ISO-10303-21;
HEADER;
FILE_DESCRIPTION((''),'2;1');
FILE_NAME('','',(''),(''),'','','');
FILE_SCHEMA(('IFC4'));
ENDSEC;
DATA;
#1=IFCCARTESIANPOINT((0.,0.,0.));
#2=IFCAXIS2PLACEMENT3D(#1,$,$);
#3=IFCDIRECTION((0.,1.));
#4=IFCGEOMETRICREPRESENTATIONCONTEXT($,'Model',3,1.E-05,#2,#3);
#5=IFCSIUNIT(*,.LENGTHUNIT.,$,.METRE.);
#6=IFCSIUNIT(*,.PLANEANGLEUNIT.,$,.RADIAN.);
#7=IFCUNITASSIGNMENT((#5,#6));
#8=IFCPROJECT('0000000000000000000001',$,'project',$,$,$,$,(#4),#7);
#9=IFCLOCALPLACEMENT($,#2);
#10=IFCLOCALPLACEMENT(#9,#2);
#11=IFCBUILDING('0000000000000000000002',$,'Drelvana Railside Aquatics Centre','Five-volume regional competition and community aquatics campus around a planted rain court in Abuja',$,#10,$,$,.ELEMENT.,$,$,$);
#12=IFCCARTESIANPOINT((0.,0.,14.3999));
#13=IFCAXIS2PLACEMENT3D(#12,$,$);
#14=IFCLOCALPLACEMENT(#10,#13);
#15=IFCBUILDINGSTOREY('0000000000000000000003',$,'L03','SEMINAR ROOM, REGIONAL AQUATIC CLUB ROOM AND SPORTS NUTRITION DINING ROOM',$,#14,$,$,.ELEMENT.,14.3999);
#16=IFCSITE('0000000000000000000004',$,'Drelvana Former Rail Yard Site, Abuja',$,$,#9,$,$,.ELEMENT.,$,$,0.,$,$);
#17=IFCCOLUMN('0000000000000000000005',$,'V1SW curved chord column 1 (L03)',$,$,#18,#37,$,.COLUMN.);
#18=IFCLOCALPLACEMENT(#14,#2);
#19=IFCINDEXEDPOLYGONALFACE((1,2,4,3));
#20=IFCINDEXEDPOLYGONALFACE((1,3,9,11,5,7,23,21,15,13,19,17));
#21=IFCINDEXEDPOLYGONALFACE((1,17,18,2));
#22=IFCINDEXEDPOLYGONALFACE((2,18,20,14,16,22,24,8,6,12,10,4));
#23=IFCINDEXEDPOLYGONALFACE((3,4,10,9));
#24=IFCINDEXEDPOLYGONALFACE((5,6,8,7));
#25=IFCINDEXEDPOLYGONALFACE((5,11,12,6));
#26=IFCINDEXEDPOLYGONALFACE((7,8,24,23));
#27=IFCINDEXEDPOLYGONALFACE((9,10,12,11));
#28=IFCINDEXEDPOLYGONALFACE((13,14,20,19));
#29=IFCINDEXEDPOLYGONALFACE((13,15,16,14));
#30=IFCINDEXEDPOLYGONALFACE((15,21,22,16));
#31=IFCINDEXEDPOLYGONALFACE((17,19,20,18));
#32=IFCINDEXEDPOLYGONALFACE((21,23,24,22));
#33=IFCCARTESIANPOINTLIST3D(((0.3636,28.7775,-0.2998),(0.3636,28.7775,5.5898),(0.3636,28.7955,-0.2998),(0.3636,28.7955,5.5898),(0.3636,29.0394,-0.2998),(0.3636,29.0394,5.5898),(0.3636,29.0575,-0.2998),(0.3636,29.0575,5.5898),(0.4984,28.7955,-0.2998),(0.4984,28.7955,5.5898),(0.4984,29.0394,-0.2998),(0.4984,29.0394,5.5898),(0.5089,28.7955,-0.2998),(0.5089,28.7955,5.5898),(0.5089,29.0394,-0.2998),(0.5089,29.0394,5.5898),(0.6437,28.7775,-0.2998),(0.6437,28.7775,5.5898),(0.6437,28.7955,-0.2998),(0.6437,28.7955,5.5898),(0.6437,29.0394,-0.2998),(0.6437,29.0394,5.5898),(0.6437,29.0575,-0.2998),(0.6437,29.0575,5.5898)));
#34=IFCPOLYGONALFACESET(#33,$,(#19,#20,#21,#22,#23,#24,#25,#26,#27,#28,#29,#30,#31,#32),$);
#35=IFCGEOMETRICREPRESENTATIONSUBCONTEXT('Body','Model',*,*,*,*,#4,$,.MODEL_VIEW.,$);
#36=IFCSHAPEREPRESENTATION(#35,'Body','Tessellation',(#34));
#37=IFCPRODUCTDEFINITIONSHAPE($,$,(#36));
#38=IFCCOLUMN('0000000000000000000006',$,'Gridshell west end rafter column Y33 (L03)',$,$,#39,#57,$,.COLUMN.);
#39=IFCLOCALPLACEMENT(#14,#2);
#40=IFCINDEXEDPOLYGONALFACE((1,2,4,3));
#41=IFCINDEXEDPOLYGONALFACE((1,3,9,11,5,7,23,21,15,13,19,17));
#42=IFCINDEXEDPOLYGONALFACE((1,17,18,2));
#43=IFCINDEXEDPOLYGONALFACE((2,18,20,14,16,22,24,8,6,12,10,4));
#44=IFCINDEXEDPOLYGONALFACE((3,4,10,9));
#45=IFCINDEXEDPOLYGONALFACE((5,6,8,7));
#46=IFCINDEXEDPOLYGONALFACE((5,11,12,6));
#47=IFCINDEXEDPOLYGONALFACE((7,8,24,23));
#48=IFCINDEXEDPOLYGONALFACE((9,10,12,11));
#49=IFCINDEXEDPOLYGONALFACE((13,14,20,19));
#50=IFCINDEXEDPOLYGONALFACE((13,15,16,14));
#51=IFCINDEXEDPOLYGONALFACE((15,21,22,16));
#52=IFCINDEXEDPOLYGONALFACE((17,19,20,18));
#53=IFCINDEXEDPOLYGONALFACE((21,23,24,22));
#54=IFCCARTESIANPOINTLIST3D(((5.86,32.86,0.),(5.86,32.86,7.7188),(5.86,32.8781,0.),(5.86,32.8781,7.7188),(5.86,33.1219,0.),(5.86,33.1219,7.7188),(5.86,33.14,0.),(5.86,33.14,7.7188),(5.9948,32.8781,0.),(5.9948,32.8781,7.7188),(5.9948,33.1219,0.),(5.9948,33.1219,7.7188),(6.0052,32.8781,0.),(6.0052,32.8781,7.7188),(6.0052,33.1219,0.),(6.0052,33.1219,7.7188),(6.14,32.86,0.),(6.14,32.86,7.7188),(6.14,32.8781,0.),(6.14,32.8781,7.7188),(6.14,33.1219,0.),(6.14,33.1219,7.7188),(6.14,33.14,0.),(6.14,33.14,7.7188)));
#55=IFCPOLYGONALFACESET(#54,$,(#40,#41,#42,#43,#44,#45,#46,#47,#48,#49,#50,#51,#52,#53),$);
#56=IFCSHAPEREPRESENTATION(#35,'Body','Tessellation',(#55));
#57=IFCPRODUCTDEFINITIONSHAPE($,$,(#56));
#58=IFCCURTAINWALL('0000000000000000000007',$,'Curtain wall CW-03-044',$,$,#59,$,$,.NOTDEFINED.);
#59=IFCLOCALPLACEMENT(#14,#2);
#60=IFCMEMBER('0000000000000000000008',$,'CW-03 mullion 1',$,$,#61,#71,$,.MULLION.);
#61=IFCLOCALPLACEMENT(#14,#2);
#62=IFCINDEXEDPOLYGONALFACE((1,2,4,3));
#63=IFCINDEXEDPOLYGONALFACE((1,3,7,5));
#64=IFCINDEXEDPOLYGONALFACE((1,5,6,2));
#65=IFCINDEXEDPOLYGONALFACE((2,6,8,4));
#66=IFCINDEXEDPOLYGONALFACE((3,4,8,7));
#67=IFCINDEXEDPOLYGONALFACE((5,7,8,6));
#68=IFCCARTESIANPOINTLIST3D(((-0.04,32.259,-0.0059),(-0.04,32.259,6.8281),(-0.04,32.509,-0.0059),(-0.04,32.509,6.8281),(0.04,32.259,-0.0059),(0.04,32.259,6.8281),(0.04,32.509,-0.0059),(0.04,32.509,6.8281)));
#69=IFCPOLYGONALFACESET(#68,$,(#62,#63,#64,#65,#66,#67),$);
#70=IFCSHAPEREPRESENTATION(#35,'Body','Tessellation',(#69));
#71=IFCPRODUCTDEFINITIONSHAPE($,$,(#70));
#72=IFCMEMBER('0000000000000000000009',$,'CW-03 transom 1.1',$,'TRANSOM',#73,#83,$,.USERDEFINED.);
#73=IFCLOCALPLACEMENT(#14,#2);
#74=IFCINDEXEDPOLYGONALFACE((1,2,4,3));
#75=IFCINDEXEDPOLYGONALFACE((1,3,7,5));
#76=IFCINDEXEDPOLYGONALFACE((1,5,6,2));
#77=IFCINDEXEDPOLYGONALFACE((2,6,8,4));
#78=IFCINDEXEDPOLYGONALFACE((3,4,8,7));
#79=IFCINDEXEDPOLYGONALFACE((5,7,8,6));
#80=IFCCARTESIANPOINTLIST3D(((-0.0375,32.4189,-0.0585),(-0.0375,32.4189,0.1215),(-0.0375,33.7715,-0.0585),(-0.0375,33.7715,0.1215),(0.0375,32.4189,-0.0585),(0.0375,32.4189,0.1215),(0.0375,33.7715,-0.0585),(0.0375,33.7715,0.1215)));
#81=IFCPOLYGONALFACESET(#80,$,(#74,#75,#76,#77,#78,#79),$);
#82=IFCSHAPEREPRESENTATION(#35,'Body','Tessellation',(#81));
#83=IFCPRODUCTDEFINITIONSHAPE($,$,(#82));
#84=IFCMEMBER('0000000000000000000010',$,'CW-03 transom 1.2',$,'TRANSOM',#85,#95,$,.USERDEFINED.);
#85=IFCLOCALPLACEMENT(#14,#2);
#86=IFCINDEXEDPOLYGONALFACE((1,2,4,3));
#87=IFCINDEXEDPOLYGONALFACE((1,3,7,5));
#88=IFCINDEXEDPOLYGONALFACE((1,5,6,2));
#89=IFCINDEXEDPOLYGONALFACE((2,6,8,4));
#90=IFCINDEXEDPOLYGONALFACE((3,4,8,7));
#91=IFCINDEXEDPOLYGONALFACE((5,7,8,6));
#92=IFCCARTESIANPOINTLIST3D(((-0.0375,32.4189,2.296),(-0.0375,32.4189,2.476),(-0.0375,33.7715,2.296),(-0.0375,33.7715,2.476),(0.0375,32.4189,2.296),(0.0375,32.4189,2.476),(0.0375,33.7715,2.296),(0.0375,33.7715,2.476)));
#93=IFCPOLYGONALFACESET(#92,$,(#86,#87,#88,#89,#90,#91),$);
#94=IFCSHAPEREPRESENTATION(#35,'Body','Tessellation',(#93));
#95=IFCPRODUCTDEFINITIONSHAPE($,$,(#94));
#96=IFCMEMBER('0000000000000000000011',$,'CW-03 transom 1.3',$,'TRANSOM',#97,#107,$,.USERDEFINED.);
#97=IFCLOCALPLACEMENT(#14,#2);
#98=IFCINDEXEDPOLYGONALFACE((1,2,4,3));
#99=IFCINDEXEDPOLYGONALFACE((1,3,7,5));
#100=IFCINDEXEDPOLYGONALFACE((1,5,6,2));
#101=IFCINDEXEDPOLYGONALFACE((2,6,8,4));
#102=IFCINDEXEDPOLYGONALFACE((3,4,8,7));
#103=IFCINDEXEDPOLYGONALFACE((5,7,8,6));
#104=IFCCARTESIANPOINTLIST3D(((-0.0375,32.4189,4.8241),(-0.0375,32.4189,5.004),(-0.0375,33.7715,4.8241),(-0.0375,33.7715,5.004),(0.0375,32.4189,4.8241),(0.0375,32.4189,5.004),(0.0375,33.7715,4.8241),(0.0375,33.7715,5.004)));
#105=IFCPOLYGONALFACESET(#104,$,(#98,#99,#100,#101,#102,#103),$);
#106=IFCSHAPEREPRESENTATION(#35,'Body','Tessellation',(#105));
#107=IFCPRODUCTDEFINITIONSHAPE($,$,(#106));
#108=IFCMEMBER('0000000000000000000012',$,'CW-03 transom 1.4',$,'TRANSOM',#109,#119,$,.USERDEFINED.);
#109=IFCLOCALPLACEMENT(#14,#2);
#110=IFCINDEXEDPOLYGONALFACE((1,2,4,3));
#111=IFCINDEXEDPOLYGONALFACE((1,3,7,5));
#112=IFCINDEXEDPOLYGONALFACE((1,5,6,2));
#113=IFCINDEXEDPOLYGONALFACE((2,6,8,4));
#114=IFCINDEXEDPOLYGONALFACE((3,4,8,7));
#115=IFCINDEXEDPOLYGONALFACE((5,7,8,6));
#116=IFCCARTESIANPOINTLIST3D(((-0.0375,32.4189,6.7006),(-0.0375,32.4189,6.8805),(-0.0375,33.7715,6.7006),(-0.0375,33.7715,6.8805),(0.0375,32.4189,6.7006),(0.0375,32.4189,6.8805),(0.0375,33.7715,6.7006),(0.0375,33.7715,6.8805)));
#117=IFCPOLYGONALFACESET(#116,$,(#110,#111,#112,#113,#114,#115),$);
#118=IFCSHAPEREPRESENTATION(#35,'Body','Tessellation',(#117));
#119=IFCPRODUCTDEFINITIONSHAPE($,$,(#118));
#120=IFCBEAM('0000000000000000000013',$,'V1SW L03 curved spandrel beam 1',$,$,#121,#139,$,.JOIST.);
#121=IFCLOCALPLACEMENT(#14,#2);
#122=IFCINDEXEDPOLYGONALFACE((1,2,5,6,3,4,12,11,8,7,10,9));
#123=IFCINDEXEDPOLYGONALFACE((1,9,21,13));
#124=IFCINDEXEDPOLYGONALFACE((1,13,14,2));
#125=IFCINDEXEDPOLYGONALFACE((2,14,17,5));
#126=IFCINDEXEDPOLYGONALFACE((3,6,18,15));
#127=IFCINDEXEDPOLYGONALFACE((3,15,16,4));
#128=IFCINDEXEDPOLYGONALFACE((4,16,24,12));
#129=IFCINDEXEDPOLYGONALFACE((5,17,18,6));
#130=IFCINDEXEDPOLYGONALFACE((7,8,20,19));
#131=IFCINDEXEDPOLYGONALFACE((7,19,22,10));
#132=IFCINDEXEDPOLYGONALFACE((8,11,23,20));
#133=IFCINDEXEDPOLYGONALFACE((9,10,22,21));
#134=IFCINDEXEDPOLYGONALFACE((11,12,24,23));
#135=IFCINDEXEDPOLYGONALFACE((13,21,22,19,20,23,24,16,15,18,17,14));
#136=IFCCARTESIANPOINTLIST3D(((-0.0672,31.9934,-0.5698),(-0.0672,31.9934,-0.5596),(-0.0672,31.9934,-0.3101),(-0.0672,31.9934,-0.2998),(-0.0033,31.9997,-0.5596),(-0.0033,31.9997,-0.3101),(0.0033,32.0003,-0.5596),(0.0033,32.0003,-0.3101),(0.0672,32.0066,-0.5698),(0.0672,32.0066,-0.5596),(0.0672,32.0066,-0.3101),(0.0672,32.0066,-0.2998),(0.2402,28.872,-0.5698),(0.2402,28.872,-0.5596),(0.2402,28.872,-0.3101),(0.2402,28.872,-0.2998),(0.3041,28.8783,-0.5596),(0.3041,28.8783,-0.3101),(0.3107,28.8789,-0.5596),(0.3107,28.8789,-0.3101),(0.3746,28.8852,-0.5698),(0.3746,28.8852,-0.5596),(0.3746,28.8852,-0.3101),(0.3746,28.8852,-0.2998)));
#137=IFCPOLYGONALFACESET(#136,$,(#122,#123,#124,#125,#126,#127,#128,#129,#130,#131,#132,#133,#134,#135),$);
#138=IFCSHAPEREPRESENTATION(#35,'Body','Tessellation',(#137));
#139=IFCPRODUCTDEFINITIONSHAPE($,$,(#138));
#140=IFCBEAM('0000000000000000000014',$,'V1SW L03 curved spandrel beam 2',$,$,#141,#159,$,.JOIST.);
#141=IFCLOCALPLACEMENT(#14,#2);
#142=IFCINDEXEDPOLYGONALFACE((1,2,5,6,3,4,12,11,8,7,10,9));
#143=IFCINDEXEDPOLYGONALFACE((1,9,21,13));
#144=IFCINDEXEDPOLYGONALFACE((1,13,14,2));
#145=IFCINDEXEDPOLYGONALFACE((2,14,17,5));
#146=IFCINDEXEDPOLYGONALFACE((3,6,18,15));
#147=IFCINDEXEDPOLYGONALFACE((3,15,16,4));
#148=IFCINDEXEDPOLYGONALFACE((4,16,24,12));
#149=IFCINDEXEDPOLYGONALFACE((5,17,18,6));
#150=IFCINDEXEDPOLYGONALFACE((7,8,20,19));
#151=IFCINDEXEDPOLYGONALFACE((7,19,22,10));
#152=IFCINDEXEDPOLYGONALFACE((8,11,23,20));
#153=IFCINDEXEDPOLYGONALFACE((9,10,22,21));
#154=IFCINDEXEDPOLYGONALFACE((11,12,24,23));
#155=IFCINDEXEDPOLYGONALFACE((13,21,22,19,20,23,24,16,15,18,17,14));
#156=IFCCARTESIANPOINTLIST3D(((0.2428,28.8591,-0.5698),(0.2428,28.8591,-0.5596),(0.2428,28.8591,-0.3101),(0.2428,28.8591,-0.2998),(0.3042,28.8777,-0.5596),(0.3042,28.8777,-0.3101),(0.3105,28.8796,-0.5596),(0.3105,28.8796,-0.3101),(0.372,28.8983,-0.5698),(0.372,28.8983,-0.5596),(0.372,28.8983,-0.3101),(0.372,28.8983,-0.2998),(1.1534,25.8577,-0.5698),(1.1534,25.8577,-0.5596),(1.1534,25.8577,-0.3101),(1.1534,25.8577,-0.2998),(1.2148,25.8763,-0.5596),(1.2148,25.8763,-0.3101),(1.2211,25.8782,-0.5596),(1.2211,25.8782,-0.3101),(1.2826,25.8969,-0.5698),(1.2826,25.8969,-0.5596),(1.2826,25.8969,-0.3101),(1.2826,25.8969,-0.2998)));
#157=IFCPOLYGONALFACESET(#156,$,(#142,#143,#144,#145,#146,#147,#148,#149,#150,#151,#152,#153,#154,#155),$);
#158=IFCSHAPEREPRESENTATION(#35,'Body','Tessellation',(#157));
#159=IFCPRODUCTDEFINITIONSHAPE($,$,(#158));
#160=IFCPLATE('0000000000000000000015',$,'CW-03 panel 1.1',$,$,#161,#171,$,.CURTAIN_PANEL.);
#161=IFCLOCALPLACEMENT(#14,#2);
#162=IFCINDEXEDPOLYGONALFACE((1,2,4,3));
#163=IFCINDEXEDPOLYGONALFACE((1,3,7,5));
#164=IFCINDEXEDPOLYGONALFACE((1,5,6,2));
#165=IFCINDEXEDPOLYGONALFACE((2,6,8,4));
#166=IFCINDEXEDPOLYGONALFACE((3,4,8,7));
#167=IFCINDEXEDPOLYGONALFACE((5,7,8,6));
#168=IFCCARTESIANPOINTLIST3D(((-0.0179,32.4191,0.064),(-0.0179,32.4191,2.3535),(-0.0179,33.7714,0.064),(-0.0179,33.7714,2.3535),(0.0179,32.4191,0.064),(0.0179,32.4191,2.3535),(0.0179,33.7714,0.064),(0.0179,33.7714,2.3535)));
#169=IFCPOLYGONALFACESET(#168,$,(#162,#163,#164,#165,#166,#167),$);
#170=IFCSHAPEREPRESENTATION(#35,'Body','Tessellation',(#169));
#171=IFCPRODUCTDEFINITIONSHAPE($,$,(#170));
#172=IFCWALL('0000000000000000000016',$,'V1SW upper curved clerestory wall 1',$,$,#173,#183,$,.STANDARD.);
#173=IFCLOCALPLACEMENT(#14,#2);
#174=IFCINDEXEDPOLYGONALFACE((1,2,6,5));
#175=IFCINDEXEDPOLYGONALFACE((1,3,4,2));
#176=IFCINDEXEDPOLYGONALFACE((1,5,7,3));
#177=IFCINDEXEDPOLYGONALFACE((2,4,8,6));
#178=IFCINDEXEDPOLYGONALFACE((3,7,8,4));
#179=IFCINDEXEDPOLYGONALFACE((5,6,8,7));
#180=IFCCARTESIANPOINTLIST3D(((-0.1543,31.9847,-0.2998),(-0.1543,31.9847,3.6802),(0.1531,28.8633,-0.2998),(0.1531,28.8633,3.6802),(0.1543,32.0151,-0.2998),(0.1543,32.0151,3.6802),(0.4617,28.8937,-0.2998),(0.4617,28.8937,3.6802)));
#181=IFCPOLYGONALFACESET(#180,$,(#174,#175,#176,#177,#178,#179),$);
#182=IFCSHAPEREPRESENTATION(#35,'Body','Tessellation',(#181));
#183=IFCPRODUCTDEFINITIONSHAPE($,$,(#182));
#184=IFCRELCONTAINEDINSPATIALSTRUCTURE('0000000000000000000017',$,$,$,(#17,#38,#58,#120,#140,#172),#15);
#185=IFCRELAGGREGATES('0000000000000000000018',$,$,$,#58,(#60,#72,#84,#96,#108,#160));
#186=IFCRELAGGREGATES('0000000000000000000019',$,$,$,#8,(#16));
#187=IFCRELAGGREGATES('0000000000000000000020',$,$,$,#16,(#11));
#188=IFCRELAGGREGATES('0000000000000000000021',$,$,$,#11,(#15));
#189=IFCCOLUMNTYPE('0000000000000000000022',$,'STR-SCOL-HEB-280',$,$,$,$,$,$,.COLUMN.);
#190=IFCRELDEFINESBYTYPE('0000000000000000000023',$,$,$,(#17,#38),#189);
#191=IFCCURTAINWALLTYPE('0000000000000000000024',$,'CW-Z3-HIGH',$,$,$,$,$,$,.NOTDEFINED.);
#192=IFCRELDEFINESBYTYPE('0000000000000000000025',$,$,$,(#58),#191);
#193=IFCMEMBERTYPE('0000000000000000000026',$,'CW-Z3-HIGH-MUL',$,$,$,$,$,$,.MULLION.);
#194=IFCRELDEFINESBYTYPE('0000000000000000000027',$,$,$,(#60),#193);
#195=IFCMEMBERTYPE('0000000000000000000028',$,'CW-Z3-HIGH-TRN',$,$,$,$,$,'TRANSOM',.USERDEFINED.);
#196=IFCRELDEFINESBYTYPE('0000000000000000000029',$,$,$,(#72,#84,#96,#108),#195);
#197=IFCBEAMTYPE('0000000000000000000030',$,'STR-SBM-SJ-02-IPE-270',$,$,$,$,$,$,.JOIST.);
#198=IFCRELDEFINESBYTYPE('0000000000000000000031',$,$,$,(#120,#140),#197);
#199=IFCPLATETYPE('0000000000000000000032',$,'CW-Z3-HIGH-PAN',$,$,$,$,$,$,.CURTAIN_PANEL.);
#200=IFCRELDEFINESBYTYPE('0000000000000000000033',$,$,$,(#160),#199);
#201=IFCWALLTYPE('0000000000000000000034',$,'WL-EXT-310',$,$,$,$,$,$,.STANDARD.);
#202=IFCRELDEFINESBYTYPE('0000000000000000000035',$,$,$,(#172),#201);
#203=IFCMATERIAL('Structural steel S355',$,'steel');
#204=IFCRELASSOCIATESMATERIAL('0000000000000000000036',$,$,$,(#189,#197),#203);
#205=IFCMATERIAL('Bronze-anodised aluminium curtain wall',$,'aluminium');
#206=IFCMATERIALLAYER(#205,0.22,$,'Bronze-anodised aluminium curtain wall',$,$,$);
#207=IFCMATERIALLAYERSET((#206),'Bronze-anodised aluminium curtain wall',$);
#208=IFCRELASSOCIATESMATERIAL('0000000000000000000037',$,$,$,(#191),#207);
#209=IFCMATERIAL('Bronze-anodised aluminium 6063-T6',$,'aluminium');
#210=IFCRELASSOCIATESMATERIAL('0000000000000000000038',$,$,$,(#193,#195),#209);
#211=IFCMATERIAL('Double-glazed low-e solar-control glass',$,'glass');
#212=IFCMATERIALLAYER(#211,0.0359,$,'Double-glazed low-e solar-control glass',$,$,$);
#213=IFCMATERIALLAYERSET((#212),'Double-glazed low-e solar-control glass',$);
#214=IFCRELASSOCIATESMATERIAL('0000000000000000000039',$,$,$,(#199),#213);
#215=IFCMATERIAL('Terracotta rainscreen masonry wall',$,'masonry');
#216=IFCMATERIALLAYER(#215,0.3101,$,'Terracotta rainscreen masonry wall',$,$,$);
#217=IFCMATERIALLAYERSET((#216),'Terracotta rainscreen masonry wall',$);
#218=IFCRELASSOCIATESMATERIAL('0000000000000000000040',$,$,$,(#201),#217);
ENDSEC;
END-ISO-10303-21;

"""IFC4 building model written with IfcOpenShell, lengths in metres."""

from ifc_helpers import new_model, si_unit, direction, frame, frame_2d, origin, origin_2d, place, context, subcontext, project, spatial, rectangle, i_section, extrude, material, layer, layer_set, material_profile, profile_set, type_object, element, aggregate, save


model = new_model("IFC4")

# Units and contexts
model_context = context("Model", 3, precision=1e-05, world=origin(), true_north=direction((0.0, 1.0)))
body_context = subcontext(model_context, "Body", "Model", "MODEL_VIEW")
ifc_project = project(units=[si_unit("LENGTHUNIT", "METRE"), si_unit("PLANEANGLEUNIT", "RADIAN")], contexts=[model_context])

# Site, building, storey
site_placement = place(None, origin())
site = spatial("IfcSite", under=ifc_project, at=site_placement, Name="Drelvana Former Rail Yard Site, Abuja", CompositionType="ELEMENT", RefElevation=0.0)
building_placement = place(site_placement, origin())
building = spatial("IfcBuilding", under=site, at=building_placement, Name="Drelvana Railside Aquatics Centre", Description="Five-volume regional competition and community aquatics campus around a planted rain court in Abuja", CompositionType="ELEMENT")
storey_placement = place(building_placement, frame((0.0, 0.0, 14.3999)))
storey = spatial("IfcBuildingStorey", under=building, at=storey_placement, Name="L03", Description="SEMINAR ROOM, REGIONAL AQUATIC CLUB ROOM AND SPORTS NUTRITION DINING ROOM", CompositionType="ELEMENT", Elevation=14.3999)

# Columns
ifc_material_1 = material(Name="Structural steel S355", Category="steel")
ifc_material_profile_1 = material_profile(ifc_material_1, i_section(OverallWidth=0.28, OverallDepth=0.28, WebThickness=0.0105, FlangeThickness=0.0181, at=origin_2d()), Name="HEB 280")
ifc_profile_set_1 = profile_set([ifc_material_profile_1], Name="Structural steel S355")
column_type = type_object("IfcColumnType", Name="STR-SCOL-HEB-280", PredefinedType="COLUMN", material=ifc_profile_set_1)
column_1_placement = place(storey_placement, frame((0.5037, 28.9175, -0.2998), z_axis=(0.0, 0.0, 1.0), x_axis=(1.0, 0.0, 0.0)))
element("IfcColumn", 1, at=column_1_placement, inside=storey, type_object=column_type, Name="V1SW curved chord column 1 (L03)", PredefinedType="COLUMN", context=body_context, shape_type="SweptSolid", body=[
    extrude(i_section(OverallWidth=0.28, OverallDepth=0.28, WebThickness=0.0105, FlangeThickness=0.0181, at=origin_2d()), origin(), (0.0, 0.0, 1.0), 5.8896),
])
column_2_placement = place(storey_placement, frame((6.0, 33.0, 0.0), z_axis=(0.0, 0.0, 1.0), x_axis=(1.0, 0.0, 0.0)))
element("IfcColumn", 2, at=column_2_placement, inside=storey, type_object=column_type, Name="Gridshell west end rafter column Y33 (L03)", PredefinedType="COLUMN", context=body_context, shape_type="SweptSolid", body=[
    extrude(i_section(OverallWidth=0.28, OverallDepth=0.28, WebThickness=0.0105, FlangeThickness=0.0181, at=origin_2d()), origin(), (0.0, 0.0, 1.0), 7.7188),
])

# Curtain wall, members
ifc_material_2 = material(Name="Bronze-anodised aluminium curtain wall", Category="aluminium")
ifc_layer_1 = layer(ifc_material_2, 0.22, Name="Bronze-anodised aluminium curtain wall")
ifc_layer_set_1 = layer_set([ifc_layer_1], Name="Bronze-anodised aluminium curtain wall")
curtain_wall_type = type_object("IfcCurtainWallType", Name="CW-Z3-HIGH", PredefinedType="NOTDEFINED", material=ifc_layer_set_1)
curtain_wall_placement = place(storey_placement, origin())
curtain_wall = element("IfcCurtainWall", 3, at=curtain_wall_placement, inside=storey, type_object=curtain_wall_type, Name="Curtain wall CW-03-044", PredefinedType="NOTDEFINED")
ifc_material_3 = material(Name="Bronze-anodised aluminium 6063-T6", Category="aluminium")
ifc_material_profile_2 = material_profile(ifc_material_3, rectangle(XDim=0.0801, YDim=0.25, at=origin_2d()), Name="ALU-M 80x250")
ifc_profile_set_2 = profile_set([ifc_material_profile_2], Name="Bronze-anodised aluminium 6063-T6")
member_type_1 = type_object("IfcMemberType", Name="CW-Z3-HIGH-MUL", PredefinedType="MULLION", material=ifc_profile_set_2)
member_1_placement = place(storey_placement, frame((0.0, 32.384, -0.0059), z_axis=(0.0, 0.0, 1.0), x_axis=(-1.0, 0.0, 0.0)))
member_1 = element("IfcMember", 4, at=member_1_placement, type_object=member_type_1, Name="CW-03 mullion 1", PredefinedType="MULLION", context=body_context, shape_type="SweptSolid", body=[
    extrude(rectangle(XDim=0.0801, YDim=0.25, at=origin_2d()), origin(), (0.0, 0.0, 1.0), 6.834),
])
ifc_material_profile_3 = material_profile(ifc_material_3, rectangle(XDim=0.1799, YDim=0.075, at=origin_2d()), Name="ALU-T 75x180")
ifc_profile_set_3 = profile_set([ifc_material_profile_3], Name="Bronze-anodised aluminium 6063-T6")
member_type_2 = type_object("IfcMemberType", Name="CW-Z3-HIGH-TRN", ElementType="TRANSOM", PredefinedType="USERDEFINED", material=ifc_profile_set_3)
member_2_placement = place(storey_placement, frame((0.0, 32.4189, 0.0315), z_axis=(0.0, 1.0, 0.0), x_axis=(0.0, 0.0, 1.0)))
member_2 = element("IfcMember", 5, at=member_2_placement, type_object=member_type_2, Name="CW-03 transom 1.1", ObjectType="TRANSOM", PredefinedType="USERDEFINED", context=body_context, shape_type="SweptSolid", body=[
    extrude(rectangle(XDim=0.1799, YDim=0.075, at=origin_2d()), origin(), (0.0, 0.0, 1.0), 1.3525),
])
member_3_placement = place(storey_placement, frame((0.0, 32.4189, 2.386), z_axis=(0.0, 1.0, 0.0), x_axis=(0.0, 0.0, 1.0)))
member_3 = element("IfcMember", 6, at=member_3_placement, type_object=member_type_2, Name="CW-03 transom 1.2", ObjectType="TRANSOM", PredefinedType="USERDEFINED", context=body_context, shape_type="SweptSolid", body=[
    extrude(rectangle(XDim=0.1799, YDim=0.075, at=origin_2d()), origin(), (0.0, 0.0, 1.0), 1.3525),
])
member_4_placement = place(storey_placement, frame((0.0, 32.4189, 4.9141), z_axis=(0.0, 1.0, 0.0), x_axis=(0.0, 0.0, 1.0)))
member_4 = element("IfcMember", 7, at=member_4_placement, type_object=member_type_2, Name="CW-03 transom 1.3", ObjectType="TRANSOM", PredefinedType="USERDEFINED", context=body_context, shape_type="SweptSolid", body=[
    extrude(rectangle(XDim=0.1799, YDim=0.075, at=origin_2d()), origin(), (0.0, 0.0, 1.0), 1.3525),
])
member_5_placement = place(storey_placement, frame((0.0, 32.4189, 6.7905), z_axis=(0.0, 1.0, 0.0), x_axis=(0.0, 0.0, 1.0)))
member_5 = element("IfcMember", 8, at=member_5_placement, type_object=member_type_2, Name="CW-03 transom 1.4", ObjectType="TRANSOM", PredefinedType="USERDEFINED", context=body_context, shape_type="SweptSolid", body=[
    extrude(rectangle(XDim=0.1799, YDim=0.075, at=origin_2d()), origin(), (0.0, 0.0, 1.0), 1.3525),
])

# Beams
ifc_material_profile_4 = material_profile(ifc_material_1, i_section(OverallWidth=0.135, OverallDepth=0.27, WebThickness=0.0066, FlangeThickness=0.0103, at=origin_2d()), Name="IPE 270")
ifc_profile_set_4 = profile_set([ifc_material_profile_4], Name="Structural steel S355")
beam_type = type_object("IfcBeamType", Name="STR-SBM-SJ-02-IPE-270", PredefinedType="JOIST", material=ifc_profile_set_4)
for number, where, z_axis, x_axis, name in (
    (9, (0.0, 32.0, -0.4348), (0.098001, -0.995186, 0.0), (0.995186, 0.098001, 0.0), "V1SW L03 curved spandrel beam 1"),
    (10, (0.3074, 28.8787, -0.4348), (0.290331, -0.956926, 0.0), (0.956926, 0.290331, 0.0), "V1SW L03 curved spandrel beam 2"),
):
    element("IfcBeam", number, at=place(storey_placement, frame(where, z_axis=z_axis, x_axis=x_axis)), inside=storey, type_object=beam_type, Name=name, PredefinedType="JOIST", context=body_context, shape_type="SweptSolid", body=[
        extrude(i_section(OverallWidth=0.135, OverallDepth=0.27, WebThickness=0.0066, FlangeThickness=0.0103, at=origin_2d()), origin(), (0.0, 0.0, 1.0), 3.1365),
    ])

# Plate
ifc_material_4 = material(Name="Double-glazed low-e solar-control glass", Category="glass")
ifc_layer_2 = layer(ifc_material_4, 0.0359, Name="Double-glazed low-e solar-control glass")
ifc_layer_set_2 = layer_set([ifc_layer_2], Name="Double-glazed low-e solar-control glass")
plate_type = type_object("IfcPlateType", Name="CW-Z3-HIGH-PAN", PredefinedType="CURTAIN_PANEL", material=ifc_layer_set_2)
plate_placement = place(storey_placement, frame((0.0, 33.0952, 0.064), z_axis=(0.0, 0.0, 1.0), x_axis=(0.0, 1.0, 0.0)))
plate = element("IfcPlate", 11, at=plate_placement, type_object=plate_type, Name="CW-03 panel 1.1", PredefinedType="CURTAIN_PANEL", context=body_context, shape_type="SweptSolid", body=[
    extrude(rectangle(XDim=1.3523, YDim=0.0359, at=origin_2d()), origin(), (0.0, 0.0, 1.0), 2.2896),
])
aggregate(curtain_wall, [member_1, member_2, member_3, member_4, member_5, plate])

# Wall
ifc_material_5 = material(Name="Terracotta rainscreen masonry wall", Category="masonry")
ifc_layer_3 = layer(ifc_material_5, 0.3101, Name="Terracotta rainscreen masonry wall")
ifc_layer_set_3 = layer_set([ifc_layer_3], Name="Terracotta rainscreen masonry wall")
wall_type = type_object("IfcWallType", Name="WL-EXT-310", PredefinedType="STANDARD", material=ifc_layer_set_3)
wall_1_placement = place(storey_placement, frame((0.0, 32.0, -0.2998), z_axis=(0.0, 0.0, 1.0), x_axis=(0.098001, -0.995186, 0.0)))
element("IfcWall", 12, at=wall_1_placement, inside=storey, type_object=wall_type, Name="V1SW upper curved clerestory wall 1", PredefinedType="STANDARD", context=body_context, shape_type="SweptSolid", body=[
    extrude(rectangle(XDim=3.1365, YDim=0.3101, at=frame_2d((1.5684, 0.0))), origin(), (0.0, 0.0, 1.0), 3.98),
])

save(model, "model.ifc")
